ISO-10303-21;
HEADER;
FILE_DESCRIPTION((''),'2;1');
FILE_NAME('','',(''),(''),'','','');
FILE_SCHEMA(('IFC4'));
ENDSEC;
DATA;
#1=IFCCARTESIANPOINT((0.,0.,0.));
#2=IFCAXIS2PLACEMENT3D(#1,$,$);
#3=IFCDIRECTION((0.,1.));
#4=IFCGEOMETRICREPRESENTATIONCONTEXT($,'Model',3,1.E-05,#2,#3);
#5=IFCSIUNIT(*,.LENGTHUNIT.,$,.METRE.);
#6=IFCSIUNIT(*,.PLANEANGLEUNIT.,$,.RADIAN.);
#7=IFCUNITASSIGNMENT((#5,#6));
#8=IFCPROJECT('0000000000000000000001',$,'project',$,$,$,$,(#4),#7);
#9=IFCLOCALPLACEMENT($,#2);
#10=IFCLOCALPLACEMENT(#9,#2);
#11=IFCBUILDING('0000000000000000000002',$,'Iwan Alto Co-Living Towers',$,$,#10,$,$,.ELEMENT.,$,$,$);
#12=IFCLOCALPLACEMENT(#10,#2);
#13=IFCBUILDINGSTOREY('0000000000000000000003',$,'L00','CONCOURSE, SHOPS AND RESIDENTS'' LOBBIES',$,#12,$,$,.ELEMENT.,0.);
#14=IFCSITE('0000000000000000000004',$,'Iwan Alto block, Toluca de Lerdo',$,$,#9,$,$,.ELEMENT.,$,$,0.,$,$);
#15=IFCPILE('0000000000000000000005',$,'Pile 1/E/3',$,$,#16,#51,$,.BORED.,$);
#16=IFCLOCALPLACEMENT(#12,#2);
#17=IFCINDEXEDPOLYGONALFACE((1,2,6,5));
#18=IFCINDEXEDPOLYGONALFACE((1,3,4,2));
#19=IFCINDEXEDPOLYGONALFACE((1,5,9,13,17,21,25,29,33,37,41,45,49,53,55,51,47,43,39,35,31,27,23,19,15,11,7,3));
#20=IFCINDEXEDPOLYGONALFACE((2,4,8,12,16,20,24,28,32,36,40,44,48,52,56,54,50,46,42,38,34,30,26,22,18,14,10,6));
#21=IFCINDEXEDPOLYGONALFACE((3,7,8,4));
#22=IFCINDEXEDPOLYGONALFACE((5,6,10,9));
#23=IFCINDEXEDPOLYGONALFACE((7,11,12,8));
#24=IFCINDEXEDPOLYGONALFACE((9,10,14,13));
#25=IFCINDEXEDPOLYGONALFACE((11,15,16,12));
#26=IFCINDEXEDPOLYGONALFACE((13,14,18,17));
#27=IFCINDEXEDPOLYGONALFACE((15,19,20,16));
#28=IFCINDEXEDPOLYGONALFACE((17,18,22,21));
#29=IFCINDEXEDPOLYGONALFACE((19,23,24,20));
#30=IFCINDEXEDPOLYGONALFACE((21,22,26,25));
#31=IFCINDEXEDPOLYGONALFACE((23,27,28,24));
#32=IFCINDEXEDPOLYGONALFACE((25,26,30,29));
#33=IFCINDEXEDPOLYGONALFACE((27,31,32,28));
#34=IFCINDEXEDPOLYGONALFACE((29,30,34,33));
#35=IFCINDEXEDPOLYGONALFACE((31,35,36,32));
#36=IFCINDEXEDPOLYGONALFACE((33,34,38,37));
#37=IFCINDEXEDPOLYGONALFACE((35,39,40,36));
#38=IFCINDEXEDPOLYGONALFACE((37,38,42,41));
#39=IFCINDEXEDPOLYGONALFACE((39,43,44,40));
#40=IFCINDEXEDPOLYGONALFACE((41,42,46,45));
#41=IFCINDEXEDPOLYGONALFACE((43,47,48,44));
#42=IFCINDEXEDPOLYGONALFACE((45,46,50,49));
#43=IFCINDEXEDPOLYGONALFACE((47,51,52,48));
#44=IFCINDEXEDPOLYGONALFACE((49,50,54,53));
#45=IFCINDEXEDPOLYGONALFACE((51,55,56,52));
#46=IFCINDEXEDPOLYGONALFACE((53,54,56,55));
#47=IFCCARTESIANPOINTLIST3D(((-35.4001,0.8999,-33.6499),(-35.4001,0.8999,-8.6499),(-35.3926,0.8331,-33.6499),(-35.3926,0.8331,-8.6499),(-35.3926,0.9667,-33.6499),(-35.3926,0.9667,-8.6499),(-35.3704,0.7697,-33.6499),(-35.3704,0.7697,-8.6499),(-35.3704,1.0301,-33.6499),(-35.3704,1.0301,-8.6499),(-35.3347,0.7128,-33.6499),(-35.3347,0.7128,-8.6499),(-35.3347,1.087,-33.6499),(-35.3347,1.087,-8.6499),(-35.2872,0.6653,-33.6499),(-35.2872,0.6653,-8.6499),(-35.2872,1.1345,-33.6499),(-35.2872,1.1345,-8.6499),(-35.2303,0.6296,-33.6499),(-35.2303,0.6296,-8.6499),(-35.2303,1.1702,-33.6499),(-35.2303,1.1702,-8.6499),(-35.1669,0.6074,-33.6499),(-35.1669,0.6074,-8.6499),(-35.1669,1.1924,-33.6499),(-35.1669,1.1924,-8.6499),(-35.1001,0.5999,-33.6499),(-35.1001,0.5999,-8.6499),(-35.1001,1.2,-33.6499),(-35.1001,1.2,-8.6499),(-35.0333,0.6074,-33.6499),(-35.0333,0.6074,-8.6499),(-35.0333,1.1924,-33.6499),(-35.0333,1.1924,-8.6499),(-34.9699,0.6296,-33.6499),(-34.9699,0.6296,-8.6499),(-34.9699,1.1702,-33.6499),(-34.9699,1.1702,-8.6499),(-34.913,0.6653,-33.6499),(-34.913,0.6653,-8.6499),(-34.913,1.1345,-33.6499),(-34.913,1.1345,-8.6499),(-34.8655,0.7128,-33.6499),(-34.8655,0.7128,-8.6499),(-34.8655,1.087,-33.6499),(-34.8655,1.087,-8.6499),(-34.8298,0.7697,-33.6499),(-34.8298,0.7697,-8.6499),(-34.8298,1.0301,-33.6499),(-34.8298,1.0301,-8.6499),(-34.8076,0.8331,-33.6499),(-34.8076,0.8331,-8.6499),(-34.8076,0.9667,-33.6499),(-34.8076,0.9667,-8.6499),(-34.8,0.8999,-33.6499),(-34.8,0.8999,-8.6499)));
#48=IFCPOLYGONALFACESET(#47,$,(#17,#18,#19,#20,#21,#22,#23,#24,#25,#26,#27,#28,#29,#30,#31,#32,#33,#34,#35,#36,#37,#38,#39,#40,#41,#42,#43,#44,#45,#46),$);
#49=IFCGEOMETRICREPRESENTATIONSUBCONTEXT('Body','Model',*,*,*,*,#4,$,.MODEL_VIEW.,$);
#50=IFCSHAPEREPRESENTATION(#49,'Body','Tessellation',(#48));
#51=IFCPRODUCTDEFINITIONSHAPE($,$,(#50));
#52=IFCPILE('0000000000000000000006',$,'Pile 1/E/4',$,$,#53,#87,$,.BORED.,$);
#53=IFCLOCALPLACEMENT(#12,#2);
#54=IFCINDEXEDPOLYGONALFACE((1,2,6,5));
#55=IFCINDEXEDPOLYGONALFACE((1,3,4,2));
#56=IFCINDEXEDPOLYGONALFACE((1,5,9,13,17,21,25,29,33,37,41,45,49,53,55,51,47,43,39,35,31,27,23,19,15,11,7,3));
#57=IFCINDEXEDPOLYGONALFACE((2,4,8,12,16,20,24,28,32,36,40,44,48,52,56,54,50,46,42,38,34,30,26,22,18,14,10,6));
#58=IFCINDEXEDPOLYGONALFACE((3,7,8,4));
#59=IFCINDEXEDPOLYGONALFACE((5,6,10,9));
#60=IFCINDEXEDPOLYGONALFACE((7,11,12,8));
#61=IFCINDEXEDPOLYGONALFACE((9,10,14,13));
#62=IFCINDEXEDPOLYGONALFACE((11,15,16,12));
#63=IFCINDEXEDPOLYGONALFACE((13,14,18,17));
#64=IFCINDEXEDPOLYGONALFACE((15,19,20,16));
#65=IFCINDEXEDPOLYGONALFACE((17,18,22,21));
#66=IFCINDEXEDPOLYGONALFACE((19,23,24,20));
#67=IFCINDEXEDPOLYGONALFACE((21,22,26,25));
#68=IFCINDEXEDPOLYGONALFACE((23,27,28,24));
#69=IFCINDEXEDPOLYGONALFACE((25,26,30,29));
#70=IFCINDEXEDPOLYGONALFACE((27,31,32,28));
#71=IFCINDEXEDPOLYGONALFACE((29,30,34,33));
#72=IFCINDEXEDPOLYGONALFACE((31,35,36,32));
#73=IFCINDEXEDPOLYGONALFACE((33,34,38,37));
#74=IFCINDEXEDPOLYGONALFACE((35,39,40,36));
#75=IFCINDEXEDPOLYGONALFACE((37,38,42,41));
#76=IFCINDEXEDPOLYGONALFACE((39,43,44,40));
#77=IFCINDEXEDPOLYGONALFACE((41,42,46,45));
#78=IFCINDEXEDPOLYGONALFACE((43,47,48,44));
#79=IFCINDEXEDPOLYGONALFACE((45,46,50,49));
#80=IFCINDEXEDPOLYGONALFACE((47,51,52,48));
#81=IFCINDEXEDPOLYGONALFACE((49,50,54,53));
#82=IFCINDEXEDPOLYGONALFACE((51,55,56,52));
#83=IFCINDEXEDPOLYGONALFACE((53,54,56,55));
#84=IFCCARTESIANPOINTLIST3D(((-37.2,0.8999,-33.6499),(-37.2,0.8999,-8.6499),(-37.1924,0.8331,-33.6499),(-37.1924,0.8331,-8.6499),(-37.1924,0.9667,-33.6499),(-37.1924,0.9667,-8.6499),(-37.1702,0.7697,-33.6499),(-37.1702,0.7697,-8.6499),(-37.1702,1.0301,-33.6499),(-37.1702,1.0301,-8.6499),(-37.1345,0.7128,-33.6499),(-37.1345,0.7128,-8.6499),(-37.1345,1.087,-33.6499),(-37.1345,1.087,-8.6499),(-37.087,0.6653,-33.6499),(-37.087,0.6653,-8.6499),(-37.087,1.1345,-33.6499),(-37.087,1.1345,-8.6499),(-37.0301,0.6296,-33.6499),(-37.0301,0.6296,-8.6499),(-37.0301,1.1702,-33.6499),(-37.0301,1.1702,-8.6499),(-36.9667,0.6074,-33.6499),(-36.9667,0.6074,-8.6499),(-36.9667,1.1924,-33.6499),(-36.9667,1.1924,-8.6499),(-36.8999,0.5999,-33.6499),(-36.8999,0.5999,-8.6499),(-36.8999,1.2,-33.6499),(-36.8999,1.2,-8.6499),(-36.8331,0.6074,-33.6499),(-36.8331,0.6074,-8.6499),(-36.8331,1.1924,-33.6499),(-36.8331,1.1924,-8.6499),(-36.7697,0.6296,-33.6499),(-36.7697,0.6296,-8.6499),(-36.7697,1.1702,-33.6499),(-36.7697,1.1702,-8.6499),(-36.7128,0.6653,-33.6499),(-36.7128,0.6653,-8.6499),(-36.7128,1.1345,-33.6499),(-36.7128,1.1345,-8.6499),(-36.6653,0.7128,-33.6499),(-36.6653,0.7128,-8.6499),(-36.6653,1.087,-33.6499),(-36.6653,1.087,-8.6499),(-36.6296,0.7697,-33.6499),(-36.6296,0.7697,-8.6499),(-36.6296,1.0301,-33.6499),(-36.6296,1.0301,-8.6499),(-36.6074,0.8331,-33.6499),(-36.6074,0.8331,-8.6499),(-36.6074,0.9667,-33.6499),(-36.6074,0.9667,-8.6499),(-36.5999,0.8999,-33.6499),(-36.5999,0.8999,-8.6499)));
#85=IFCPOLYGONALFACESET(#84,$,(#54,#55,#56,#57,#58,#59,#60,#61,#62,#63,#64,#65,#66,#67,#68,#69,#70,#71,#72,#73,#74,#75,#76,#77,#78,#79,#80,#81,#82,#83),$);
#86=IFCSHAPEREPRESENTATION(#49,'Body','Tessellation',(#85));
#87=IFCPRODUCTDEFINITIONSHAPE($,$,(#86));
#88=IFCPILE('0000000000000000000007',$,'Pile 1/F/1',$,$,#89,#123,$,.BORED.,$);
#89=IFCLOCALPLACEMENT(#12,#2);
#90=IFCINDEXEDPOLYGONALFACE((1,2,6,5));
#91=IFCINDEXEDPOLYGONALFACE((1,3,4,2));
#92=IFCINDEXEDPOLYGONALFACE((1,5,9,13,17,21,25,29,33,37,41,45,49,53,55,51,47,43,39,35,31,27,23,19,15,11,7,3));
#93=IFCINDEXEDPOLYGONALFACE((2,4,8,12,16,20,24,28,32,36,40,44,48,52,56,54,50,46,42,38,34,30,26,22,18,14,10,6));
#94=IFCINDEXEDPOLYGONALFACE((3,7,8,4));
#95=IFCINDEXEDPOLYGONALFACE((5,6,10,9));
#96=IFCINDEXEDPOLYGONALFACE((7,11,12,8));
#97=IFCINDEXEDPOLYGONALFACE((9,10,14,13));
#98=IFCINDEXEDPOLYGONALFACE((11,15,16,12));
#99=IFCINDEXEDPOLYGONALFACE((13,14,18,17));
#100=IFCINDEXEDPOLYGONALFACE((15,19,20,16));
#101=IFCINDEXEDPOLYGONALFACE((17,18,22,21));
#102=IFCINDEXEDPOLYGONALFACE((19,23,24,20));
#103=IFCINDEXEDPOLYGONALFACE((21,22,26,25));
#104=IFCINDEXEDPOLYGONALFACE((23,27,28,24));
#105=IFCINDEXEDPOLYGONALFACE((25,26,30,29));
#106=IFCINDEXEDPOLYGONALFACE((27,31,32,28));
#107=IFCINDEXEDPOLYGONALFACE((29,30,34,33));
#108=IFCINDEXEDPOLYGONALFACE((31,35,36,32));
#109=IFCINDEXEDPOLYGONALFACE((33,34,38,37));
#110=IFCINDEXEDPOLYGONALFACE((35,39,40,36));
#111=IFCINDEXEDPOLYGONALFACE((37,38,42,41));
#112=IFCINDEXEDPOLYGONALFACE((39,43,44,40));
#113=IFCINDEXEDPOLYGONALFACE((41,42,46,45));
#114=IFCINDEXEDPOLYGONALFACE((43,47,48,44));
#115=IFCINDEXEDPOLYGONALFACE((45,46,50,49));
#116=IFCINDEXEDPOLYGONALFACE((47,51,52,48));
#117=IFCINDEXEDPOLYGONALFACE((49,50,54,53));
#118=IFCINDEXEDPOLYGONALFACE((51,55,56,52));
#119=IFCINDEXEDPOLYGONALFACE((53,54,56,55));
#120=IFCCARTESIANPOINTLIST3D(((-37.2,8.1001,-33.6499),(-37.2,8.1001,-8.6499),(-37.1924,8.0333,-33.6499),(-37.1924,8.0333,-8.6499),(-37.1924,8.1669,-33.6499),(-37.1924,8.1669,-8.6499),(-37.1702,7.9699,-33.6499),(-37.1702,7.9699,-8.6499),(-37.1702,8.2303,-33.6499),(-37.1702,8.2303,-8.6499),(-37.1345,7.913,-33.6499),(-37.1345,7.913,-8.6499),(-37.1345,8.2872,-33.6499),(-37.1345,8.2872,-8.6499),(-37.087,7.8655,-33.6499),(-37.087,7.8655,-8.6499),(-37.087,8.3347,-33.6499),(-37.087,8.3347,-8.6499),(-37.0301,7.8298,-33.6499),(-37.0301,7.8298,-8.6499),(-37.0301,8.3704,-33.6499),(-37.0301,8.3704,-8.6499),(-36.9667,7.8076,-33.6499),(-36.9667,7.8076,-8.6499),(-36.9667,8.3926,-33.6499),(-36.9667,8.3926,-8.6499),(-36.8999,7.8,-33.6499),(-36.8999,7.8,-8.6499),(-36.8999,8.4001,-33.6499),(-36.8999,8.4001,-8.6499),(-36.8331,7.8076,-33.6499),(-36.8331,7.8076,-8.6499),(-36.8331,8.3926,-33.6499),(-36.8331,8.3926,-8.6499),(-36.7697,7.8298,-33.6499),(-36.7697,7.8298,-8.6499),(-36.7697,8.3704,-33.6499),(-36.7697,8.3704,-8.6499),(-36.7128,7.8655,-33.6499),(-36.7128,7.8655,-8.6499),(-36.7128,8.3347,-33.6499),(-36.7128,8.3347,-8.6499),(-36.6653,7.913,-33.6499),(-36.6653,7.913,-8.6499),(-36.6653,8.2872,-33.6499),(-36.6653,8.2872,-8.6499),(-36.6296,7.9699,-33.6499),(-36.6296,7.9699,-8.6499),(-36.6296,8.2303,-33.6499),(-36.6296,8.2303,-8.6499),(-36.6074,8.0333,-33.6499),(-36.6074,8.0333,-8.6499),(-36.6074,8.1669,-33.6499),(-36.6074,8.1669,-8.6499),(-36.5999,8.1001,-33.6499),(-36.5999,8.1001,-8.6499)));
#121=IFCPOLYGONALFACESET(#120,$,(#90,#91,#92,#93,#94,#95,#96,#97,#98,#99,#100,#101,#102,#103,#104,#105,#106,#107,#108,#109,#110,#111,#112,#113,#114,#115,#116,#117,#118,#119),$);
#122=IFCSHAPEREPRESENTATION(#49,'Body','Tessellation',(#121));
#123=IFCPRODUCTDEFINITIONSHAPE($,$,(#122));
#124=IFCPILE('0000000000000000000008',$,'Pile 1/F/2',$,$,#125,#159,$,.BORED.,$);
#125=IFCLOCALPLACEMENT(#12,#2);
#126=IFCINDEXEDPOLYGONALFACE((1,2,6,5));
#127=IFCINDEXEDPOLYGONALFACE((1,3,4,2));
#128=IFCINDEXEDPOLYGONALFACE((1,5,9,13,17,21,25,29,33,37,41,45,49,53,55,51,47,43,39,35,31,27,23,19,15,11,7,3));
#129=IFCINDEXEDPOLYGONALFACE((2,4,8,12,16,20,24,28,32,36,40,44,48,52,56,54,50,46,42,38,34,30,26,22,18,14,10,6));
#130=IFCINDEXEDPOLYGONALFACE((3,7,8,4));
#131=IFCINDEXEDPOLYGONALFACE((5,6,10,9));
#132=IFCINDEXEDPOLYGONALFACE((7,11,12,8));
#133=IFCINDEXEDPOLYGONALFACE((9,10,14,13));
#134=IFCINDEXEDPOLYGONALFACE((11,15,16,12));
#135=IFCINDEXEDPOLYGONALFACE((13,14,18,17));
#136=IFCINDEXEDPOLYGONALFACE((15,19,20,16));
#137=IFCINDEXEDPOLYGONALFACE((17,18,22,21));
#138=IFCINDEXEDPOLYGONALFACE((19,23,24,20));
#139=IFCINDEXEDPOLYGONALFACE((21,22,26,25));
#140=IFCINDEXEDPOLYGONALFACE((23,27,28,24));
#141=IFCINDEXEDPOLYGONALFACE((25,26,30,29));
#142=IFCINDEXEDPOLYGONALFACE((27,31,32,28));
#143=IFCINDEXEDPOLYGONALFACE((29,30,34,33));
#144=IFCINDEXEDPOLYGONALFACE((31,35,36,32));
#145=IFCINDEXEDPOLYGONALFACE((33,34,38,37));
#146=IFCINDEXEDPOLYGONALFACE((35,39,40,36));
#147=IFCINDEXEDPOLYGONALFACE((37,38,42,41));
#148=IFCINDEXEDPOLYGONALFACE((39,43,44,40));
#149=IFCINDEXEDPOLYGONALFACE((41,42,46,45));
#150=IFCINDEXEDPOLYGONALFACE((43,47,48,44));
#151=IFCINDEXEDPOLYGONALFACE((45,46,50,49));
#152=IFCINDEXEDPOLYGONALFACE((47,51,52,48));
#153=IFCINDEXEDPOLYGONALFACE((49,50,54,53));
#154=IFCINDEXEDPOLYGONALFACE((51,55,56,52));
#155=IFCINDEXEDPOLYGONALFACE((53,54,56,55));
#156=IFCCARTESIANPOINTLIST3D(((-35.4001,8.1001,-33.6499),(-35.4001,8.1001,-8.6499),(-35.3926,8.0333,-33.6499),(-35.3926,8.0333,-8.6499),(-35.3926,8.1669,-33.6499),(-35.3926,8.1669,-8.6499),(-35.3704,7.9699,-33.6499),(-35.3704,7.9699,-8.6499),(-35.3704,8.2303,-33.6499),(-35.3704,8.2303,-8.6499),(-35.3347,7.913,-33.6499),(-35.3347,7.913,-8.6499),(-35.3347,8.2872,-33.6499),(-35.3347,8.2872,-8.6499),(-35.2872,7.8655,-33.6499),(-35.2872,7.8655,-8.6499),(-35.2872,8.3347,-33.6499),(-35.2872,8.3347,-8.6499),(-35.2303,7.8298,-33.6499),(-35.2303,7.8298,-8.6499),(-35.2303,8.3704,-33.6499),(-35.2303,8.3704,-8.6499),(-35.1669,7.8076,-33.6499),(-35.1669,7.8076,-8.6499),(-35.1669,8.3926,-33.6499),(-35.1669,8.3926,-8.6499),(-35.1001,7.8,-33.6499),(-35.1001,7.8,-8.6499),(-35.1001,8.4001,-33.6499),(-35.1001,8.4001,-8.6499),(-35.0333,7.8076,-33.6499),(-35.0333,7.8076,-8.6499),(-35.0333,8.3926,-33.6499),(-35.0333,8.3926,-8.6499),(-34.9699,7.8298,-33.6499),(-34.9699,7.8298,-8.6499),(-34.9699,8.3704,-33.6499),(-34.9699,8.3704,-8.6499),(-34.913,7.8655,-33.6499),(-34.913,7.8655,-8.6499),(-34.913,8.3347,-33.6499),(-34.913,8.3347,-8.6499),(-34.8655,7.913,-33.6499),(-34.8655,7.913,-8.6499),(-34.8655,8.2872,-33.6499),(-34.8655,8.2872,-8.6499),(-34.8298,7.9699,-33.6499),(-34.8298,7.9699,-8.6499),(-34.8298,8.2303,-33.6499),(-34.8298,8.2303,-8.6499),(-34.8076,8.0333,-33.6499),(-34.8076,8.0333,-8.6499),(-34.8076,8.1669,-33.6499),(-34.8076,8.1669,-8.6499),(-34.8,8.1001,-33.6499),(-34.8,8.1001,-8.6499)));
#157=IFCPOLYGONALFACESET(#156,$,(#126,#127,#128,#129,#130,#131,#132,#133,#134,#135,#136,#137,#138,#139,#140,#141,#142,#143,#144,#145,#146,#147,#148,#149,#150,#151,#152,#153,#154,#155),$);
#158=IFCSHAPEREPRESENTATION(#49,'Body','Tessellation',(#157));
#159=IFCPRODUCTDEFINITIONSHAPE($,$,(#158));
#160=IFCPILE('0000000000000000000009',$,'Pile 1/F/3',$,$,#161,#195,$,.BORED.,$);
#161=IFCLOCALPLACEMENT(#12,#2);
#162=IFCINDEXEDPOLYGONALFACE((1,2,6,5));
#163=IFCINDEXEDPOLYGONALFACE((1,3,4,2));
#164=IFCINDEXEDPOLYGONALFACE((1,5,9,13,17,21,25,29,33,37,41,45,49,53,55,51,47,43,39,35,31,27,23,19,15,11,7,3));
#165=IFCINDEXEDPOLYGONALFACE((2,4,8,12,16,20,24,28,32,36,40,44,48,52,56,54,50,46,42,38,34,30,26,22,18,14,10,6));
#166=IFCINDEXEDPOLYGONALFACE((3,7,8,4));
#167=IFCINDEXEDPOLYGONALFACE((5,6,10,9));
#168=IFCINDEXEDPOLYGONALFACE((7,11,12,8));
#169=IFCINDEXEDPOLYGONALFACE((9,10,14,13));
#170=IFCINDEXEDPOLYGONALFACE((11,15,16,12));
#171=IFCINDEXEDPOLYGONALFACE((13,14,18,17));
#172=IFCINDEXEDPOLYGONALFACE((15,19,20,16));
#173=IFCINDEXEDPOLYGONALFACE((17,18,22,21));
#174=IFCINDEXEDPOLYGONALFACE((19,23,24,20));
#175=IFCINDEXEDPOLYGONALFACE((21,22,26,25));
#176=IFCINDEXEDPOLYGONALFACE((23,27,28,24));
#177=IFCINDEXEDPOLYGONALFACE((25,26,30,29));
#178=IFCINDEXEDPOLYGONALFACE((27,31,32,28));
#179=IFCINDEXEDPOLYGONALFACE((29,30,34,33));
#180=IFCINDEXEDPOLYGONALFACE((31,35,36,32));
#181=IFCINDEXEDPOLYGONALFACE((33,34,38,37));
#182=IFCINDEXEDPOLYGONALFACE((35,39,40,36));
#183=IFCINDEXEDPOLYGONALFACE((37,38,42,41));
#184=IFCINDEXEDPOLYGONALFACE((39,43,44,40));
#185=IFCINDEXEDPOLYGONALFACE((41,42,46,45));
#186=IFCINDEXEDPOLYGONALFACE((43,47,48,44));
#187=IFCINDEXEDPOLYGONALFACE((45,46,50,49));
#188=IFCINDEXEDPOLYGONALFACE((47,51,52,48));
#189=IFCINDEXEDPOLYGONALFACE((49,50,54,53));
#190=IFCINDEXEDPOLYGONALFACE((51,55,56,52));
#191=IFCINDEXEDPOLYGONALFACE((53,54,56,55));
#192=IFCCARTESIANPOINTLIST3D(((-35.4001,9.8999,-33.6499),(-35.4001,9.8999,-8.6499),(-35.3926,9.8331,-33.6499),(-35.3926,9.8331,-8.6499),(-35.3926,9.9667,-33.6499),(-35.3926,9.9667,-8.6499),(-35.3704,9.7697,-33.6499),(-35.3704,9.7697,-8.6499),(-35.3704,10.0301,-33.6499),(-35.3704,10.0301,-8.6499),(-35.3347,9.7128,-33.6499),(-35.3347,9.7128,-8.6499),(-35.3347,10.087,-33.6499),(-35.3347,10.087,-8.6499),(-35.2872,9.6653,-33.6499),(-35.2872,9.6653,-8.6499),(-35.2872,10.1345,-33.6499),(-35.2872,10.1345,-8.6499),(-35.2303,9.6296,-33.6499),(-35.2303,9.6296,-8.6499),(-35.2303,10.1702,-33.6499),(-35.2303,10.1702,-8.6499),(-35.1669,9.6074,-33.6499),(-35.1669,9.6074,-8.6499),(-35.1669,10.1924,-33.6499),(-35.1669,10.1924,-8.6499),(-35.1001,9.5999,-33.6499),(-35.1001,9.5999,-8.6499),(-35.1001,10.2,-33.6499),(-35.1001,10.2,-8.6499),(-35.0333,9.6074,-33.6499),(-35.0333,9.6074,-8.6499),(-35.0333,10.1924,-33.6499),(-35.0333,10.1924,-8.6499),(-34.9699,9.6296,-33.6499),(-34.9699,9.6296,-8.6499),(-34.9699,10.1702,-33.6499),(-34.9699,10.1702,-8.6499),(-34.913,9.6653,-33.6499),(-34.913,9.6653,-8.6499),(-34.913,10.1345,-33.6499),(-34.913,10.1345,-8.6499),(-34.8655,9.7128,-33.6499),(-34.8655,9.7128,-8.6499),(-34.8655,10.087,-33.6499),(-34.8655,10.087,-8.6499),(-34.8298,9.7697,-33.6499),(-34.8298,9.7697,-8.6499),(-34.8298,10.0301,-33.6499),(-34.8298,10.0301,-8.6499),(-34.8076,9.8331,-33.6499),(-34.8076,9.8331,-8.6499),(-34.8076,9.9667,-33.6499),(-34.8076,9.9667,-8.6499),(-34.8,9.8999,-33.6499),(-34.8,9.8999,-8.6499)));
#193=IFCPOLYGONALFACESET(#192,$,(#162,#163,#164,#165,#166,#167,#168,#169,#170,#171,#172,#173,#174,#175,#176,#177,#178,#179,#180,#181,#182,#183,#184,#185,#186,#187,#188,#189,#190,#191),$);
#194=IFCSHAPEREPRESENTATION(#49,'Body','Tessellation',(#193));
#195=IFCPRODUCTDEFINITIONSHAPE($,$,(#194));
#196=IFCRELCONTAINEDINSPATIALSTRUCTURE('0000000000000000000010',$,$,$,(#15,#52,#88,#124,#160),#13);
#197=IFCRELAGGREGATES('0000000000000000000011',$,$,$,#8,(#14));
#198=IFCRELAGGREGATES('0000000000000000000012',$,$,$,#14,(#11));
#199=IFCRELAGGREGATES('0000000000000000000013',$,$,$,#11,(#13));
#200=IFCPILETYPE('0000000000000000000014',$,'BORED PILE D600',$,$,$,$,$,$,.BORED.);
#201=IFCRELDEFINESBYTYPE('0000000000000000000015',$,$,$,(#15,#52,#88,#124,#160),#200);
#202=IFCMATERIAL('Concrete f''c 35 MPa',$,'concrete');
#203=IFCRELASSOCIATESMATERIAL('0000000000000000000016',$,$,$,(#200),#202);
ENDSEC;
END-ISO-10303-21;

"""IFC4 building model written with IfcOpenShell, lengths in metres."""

from ifc_helpers import new_model, si_unit, direction, frame, origin, origin_2d, place, context, subcontext, project, spatial, circle, extrude, material, material_profile, profile_set, type_object, element, save


model = new_model("IFC4")

# Units and contexts
model_context = context("Model", 3, precision=1e-05, world=origin(), true_north=direction((0.0, 1.0)))
body_context = subcontext(model_context, "Body", "Model", "MODEL_VIEW")
ifc_project = project(units=[si_unit("LENGTHUNIT", "METRE"), si_unit("PLANEANGLEUNIT", "RADIAN")], contexts=[model_context])

# Site, building, storey
site_placement = place(None, origin())
site = spatial("IfcSite", under=ifc_project, at=site_placement, Name="Iwan Alto block, Toluca de Lerdo", CompositionType="ELEMENT", RefElevation=0.0)
building_placement = place(site_placement, origin())
building = spatial("IfcBuilding", under=site, at=building_placement, Name="Iwan Alto Co-Living Towers", CompositionType="ELEMENT")
storey_placement = place(building_placement, origin())
storey = spatial("IfcBuildingStorey", under=building, at=storey_placement, Name="L00", Description="CONCOURSE, SHOPS AND RESIDENTS' LOBBIES", CompositionType="ELEMENT", Elevation=0.0)

# Piles
ifc_material_1 = material(Name="Concrete f'c 35 MPa", Category="concrete")
ifc_material_profile_1 = material_profile(ifc_material_1, circle(Radius=0.3, at=origin_2d()), Name="D600")
ifc_profile_set_1 = profile_set([ifc_material_profile_1], Name="Concrete f'c 35 MPa")
pile_type_1 = type_object("IfcPileType", Name="BORED PILE D600", PredefinedType="BORED", material=ifc_profile_set_1)
for number, where, z_axis, x_axis, name in (
    (1, (-35.1001, 0.8999, -8.6499), (0.0, 0.0, -1.0), (1.0, 0.0, 0.0), "Pile 1/E/3"),
    (2, (-36.8999, 0.8999, -8.6499), (0.0, 0.0, -1.0), (1.0, 0.0, 0.0), "Pile 1/E/4"),
    (3, (-36.8999, 8.1001, -8.6499), (0.0, 0.0, -1.0), (1.0, 0.0, 0.0), "Pile 1/F/1"),
    (4, (-35.1001, 8.1001, -8.6499), (0.0, 0.0, -1.0), (1.0, 0.0, 0.0), "Pile 1/F/2"),
    (5, (-35.1001, 9.8999, -8.6499), (0.0, 0.0, -1.0), (1.0, 0.0, 0.0), "Pile 1/F/3"),
):
    element("IfcPile", number, at=place(storey_placement, frame(where, z_axis=z_axis, x_axis=x_axis)), inside=storey, type_object=pile_type_1, Name=name, PredefinedType="BORED", context=body_context, shape_type="SweptSolid", body=[
        extrude(circle(Radius=0.3, at=origin_2d()), origin(), (0.0, 0.0, 1.0), 25.0),
    ])

save(model, "model.ifc")
